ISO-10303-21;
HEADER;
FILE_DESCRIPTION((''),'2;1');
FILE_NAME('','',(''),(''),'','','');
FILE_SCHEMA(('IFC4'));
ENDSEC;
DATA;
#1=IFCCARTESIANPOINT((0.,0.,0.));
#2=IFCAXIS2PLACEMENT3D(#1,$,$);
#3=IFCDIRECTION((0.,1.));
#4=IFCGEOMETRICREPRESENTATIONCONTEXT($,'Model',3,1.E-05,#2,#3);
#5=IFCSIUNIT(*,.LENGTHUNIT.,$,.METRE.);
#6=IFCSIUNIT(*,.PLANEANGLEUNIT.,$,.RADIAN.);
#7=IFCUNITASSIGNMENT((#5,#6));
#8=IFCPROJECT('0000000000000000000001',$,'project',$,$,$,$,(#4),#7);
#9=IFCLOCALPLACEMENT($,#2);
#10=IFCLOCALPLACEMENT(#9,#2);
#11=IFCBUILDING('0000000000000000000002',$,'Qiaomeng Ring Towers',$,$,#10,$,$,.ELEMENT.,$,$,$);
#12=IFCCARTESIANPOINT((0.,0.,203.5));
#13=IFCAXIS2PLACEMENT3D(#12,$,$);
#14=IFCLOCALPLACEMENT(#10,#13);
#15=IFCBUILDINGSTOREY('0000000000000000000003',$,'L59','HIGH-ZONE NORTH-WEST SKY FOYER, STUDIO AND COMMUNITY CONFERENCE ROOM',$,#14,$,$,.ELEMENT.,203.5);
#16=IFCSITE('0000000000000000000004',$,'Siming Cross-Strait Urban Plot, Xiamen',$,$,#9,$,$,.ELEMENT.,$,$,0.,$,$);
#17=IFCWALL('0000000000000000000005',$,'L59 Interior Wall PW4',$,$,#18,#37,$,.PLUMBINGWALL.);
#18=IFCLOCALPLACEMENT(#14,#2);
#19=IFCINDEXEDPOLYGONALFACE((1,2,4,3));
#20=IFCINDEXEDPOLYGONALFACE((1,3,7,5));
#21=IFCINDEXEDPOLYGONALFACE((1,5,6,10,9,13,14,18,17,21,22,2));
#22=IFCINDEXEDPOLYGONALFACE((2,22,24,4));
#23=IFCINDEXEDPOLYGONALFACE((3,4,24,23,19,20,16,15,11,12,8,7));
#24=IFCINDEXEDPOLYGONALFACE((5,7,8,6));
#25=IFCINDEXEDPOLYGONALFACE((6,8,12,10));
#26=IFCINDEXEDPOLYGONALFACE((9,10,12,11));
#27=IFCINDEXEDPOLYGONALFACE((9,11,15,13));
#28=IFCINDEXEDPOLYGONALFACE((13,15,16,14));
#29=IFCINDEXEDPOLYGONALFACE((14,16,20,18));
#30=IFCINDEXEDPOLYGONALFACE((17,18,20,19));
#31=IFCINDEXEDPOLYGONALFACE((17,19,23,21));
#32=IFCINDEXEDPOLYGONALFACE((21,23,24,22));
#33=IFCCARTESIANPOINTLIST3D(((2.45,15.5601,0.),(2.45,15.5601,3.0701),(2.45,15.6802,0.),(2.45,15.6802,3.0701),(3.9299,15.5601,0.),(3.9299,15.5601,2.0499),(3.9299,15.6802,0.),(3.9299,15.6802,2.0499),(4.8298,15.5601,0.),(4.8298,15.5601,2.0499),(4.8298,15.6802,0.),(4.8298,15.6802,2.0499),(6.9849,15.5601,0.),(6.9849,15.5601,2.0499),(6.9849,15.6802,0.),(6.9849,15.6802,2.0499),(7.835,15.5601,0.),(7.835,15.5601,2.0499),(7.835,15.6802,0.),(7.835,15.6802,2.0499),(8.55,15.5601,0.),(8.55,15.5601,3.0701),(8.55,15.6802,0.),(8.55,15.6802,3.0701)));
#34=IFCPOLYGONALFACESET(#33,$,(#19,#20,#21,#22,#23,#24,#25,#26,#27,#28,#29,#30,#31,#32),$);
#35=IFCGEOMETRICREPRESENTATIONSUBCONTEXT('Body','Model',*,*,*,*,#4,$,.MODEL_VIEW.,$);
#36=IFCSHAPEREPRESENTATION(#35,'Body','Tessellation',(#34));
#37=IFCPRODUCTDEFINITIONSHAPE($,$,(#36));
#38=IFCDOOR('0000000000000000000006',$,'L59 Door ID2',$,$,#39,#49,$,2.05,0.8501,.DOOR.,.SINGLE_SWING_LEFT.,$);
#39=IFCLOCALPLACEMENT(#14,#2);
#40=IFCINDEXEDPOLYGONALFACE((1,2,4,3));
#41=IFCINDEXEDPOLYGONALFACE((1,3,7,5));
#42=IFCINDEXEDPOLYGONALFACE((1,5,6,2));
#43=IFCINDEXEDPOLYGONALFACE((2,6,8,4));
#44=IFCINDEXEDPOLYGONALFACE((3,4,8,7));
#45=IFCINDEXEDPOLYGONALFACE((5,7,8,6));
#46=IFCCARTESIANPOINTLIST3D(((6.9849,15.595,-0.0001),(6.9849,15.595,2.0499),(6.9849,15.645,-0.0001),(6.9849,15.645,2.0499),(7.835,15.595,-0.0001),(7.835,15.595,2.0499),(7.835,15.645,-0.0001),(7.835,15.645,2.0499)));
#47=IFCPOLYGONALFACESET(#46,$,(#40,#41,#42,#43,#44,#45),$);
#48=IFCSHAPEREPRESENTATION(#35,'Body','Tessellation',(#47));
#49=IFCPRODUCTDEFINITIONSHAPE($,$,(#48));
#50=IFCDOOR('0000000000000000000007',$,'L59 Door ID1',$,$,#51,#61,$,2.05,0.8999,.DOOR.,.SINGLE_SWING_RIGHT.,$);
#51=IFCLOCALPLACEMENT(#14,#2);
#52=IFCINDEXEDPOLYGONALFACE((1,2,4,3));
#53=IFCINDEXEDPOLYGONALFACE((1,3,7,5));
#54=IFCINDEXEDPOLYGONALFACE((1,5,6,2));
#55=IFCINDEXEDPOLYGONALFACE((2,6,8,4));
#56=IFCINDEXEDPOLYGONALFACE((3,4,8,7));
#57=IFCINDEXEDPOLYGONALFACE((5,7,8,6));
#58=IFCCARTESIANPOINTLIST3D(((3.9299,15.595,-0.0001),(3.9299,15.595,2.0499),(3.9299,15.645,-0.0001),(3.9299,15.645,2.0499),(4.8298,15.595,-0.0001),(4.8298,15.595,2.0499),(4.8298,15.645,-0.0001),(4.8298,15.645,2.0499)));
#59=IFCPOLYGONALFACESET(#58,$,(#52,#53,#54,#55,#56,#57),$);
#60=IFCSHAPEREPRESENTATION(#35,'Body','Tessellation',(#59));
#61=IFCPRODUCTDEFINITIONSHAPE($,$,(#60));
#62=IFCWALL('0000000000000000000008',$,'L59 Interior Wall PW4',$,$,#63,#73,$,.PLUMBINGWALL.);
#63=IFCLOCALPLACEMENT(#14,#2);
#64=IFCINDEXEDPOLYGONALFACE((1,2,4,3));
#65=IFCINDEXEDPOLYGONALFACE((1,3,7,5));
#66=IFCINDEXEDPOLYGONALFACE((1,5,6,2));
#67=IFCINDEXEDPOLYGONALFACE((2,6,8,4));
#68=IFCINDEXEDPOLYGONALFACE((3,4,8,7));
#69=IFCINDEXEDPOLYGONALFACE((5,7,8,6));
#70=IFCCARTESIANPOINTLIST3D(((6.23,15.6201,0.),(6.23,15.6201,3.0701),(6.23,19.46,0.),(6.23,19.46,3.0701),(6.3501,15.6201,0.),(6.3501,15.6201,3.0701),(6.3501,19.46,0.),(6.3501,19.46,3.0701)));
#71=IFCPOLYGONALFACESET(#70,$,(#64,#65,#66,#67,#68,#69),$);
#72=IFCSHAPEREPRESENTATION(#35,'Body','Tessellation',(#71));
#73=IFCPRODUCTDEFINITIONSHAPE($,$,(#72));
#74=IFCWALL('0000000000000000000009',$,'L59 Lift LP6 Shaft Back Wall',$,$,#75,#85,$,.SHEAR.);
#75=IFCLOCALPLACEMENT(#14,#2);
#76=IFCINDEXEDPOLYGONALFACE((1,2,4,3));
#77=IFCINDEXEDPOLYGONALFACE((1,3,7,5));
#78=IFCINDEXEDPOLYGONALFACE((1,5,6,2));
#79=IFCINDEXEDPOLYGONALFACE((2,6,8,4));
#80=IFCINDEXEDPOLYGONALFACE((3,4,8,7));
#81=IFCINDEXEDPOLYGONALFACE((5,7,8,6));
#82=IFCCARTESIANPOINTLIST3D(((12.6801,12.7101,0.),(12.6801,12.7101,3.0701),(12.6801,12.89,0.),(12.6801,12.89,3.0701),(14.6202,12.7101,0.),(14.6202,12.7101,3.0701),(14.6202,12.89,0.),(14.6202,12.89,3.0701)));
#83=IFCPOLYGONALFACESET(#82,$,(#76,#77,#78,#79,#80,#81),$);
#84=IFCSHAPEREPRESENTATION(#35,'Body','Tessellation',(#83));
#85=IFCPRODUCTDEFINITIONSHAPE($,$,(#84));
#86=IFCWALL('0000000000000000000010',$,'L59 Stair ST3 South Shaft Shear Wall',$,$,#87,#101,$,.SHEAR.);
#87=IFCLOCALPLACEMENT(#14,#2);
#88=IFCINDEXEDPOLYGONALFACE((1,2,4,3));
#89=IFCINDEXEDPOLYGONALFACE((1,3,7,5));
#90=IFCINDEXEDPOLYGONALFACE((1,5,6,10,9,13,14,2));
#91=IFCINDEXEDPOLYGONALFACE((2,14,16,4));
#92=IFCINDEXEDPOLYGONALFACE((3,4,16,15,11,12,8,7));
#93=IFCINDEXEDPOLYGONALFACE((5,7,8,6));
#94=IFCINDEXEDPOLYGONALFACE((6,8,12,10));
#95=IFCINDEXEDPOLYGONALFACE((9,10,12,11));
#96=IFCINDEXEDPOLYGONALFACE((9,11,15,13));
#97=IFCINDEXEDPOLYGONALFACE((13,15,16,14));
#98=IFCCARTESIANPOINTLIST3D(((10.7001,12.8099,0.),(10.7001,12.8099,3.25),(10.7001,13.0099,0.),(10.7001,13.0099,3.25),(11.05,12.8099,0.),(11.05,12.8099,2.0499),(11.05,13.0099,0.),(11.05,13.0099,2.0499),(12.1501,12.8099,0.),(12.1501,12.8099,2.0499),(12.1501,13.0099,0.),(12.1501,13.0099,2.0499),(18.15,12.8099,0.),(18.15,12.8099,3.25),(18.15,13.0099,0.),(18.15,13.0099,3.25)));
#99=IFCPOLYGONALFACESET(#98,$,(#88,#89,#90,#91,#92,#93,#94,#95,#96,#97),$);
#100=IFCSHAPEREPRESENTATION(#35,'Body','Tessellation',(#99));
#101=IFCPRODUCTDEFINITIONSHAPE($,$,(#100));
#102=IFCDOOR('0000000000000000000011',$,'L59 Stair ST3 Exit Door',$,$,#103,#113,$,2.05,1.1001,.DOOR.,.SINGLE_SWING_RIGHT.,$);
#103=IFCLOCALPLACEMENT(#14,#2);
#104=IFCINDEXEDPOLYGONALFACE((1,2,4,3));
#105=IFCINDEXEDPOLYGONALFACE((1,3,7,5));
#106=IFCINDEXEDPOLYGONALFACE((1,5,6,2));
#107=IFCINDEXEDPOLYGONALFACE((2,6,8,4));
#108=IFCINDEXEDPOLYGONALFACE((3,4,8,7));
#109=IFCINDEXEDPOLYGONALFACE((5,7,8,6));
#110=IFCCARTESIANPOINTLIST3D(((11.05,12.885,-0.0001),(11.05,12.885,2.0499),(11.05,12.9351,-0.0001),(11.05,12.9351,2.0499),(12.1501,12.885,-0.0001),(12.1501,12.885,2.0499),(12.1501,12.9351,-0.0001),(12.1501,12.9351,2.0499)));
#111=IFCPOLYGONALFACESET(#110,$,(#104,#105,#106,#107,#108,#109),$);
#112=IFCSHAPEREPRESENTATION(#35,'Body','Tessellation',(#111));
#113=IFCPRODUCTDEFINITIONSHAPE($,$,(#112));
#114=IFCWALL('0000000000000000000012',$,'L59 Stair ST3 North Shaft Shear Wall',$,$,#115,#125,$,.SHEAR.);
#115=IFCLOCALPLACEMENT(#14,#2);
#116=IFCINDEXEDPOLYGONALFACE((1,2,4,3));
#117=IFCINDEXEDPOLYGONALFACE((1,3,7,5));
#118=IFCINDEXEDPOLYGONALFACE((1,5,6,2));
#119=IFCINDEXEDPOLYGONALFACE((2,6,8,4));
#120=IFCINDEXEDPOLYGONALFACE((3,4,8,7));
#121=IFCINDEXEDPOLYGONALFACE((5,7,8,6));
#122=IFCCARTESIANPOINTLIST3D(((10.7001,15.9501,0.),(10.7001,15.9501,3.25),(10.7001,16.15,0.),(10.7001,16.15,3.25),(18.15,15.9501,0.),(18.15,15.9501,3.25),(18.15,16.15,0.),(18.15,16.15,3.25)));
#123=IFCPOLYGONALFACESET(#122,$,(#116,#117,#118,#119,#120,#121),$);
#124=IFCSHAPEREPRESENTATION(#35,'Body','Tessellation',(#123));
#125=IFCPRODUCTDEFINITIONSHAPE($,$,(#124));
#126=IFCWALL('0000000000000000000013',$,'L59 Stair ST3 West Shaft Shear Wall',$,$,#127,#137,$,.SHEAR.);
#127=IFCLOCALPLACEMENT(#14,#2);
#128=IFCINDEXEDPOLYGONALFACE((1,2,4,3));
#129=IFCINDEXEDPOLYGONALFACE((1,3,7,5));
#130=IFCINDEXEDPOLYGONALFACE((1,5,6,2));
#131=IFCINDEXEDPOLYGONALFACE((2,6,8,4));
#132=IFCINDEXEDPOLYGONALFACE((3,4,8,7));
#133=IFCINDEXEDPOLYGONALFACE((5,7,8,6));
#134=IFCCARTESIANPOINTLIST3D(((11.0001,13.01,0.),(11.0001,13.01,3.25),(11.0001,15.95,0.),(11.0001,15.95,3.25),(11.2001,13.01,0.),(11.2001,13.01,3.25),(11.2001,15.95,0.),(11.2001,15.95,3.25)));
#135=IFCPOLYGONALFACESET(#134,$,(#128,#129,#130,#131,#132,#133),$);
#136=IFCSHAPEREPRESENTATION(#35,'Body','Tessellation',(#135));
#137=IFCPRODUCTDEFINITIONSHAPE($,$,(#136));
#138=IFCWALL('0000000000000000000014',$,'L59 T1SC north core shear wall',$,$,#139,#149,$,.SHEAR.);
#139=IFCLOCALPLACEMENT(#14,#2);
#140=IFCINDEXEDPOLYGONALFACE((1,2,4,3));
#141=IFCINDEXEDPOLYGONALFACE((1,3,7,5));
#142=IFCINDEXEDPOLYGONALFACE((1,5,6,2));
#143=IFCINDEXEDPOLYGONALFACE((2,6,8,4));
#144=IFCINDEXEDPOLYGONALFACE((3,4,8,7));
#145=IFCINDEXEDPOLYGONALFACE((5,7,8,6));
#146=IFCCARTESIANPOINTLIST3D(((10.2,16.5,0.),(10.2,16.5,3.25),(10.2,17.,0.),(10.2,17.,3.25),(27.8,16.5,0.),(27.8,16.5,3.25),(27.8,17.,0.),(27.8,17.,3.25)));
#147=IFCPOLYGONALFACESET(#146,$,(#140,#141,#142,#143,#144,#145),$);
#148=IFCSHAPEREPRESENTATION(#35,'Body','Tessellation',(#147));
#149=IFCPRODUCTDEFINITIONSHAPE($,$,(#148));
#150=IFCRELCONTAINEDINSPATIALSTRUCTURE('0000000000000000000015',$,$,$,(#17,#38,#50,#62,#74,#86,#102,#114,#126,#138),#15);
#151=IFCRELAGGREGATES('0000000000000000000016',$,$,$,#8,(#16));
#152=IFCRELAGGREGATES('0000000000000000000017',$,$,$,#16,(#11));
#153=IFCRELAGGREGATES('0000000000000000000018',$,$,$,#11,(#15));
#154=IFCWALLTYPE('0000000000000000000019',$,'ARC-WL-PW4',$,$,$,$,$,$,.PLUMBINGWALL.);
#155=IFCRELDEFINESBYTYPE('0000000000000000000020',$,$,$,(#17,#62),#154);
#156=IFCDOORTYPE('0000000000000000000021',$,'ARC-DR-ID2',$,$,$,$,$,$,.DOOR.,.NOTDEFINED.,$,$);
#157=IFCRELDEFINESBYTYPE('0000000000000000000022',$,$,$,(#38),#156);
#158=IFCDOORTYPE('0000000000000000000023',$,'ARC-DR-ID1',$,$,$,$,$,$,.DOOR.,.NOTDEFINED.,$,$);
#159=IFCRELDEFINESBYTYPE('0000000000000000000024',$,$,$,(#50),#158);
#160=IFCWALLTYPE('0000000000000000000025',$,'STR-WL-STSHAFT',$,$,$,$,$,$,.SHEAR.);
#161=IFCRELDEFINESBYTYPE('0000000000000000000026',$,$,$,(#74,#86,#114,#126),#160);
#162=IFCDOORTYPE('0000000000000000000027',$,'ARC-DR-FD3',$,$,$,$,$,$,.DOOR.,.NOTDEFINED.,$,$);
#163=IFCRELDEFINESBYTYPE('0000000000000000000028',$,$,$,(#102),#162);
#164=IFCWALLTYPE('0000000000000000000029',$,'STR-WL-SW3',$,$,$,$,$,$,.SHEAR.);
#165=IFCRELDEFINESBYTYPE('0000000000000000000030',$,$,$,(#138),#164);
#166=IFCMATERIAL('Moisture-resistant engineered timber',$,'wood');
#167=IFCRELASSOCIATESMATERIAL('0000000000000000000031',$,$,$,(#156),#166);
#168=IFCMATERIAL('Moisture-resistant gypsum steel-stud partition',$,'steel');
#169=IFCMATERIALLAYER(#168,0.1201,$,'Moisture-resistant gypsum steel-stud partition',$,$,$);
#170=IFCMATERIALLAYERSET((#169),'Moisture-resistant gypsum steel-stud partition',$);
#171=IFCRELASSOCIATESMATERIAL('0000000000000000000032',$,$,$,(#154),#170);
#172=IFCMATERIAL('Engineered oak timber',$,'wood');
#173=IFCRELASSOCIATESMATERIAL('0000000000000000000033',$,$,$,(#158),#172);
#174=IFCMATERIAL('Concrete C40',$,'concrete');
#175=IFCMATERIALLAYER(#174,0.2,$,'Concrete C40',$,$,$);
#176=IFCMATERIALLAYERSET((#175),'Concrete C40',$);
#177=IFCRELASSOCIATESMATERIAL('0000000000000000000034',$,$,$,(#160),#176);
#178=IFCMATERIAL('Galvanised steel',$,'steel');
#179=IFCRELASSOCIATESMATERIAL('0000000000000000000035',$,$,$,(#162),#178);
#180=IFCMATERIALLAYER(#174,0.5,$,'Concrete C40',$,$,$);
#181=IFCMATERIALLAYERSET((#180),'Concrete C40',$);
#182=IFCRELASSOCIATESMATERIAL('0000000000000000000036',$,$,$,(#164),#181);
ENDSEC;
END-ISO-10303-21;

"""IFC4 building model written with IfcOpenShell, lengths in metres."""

from ifc_helpers import new_model, si_unit, direction, frame, frame_2d, origin, place, context, subcontext, project, spatial, rectangle, extrude, source, transform, mapped, material, layer, layer_set, type_object, element, fill, save


model = new_model("IFC4")

# Units and contexts
model_context = context("Model", 3, precision=1e-05, world=origin(), true_north=direction((0.0, 1.0)))
body_context = subcontext(model_context, "Body", "Model", "MODEL_VIEW")
ifc_project = project(units=[si_unit("LENGTHUNIT", "METRE"), si_unit("PLANEANGLEUNIT", "RADIAN")], contexts=[model_context])

# Site, building, storey
site_placement = place(None, origin())
site = spatial("IfcSite", under=ifc_project, at=site_placement, Name="Siming Cross-Strait Urban Plot, Xiamen", CompositionType="ELEMENT", RefElevation=0.0)
building_placement = place(site_placement, origin())
building = spatial("IfcBuilding", under=site, at=building_placement, Name="Qiaomeng Ring Towers", CompositionType="ELEMENT")
storey_placement = place(building_placement, frame((0.0, 0.0, 203.5)))
storey = spatial("IfcBuildingStorey", under=building, at=storey_placement, Name="L59", Description="HIGH-ZONE NORTH-WEST SKY FOYER, STUDIO AND COMMUNITY CONFERENCE ROOM", CompositionType="ELEMENT", Elevation=203.5)

# Shared definitions
ifc_material_1 = material(Name="Concrete C40", Category="concrete")

# Shared definitions
ifc_material_2 = material(Name="Moisture-resistant engineered timber", Category="wood")
door_type_1 = type_object("IfcDoorType", Name="ARC-DR-ID2", OperationType="NOTDEFINED", PredefinedType="DOOR", material=ifc_material_2)
shared_shape_1 = source(origin(), body_context, "Body", "SweptSolid", [
    extrude(rectangle(XDim=0.8501, YDim=2.05, at=frame_2d((0.425, 1.0249))), frame((0.0, 0.0249, 0.0), z_axis=(0.0, -1.0, 0.0), x_axis=(1.0, 0.0, 0.0)), (0.0, 0.0, 1.0), 0.05),
])

# Wall, openings, doors
ifc_material_3 = material(Name="Moisture-resistant gypsum steel-stud partition", Category="steel")
ifc_layer_1 = layer(ifc_material_3, 0.1201, Name="Moisture-resistant gypsum steel-stud partition")
ifc_layer_set_1 = layer_set([ifc_layer_1], Name="Moisture-resistant gypsum steel-stud partition")
wall_type_1 = type_object("IfcWallType", Name="ARC-WL-PW4", PredefinedType="PLUMBINGWALL", material=ifc_layer_set_1)
wall_1_placement = place(storey_placement, frame((2.45, 15.6201, 0.0), z_axis=(0.0, 0.0, 1.0), x_axis=(1.0, 0.0, 0.0)))
wall_1 = element("IfcWall", 1, at=wall_1_placement, inside=storey, type_object=wall_type_1, Name="L59 Interior Wall PW4", PredefinedType="PLUMBINGWALL", context=body_context, shape_type="SweptSolid", body=[
    extrude(rectangle(XDim=6.1001, YDim=0.1201, at=frame_2d((3.05, 0.0))), origin(), (0.0, 0.0, 1.0), 3.0701),
])
opening_1_placement = place(wall_1_placement, frame((1.48, 0.0, 0.0)))
opening_1 = element("IfcOpeningElement", 2, at=opening_1_placement, cuts=wall_1, PredefinedType="OPENING", context=body_context, shape_type="SweptSolid", body=[
    extrude(rectangle(XDim=0.8999, YDim=2.05, at=frame_2d((0.45, 1.0249))), frame((0.0, 0.0701, 0.0), z_axis=(0.0, -1.0, 0.0), x_axis=(1.0, 0.0, 0.0)), (0.0, 0.0, 1.0), 0.1401),
])
opening_2_placement = place(wall_1_placement, frame((4.5349, 0.0, 0.0)))
opening_2 = element("IfcOpeningElement", 3, at=opening_2_placement, cuts=wall_1, PredefinedType="OPENING", context=body_context, shape_type="SweptSolid", body=[
    extrude(rectangle(XDim=0.8501, YDim=2.05, at=frame_2d((0.425, 1.0249))), frame((0.0, 0.0701, 0.0), z_axis=(0.0, -1.0, 0.0), x_axis=(1.0, 0.0, 0.0)), (0.0, 0.0, 1.0), 0.1401),
])
door_1_placement = place(opening_2_placement, origin())
door_1 = element("IfcDoor", 4, at=door_1_placement, inside=storey, type_object=door_type_1, Name="L59 Door ID2", OperationType="SINGLE_SWING_LEFT", OverallHeight=2.05, OverallWidth=0.8501, PredefinedType="DOOR", context=body_context, shape_type="MappedRepresentation", body=[
    mapped(shared_shape_1, transform((0.0, 0.0, 0.0), x_axis=(1.0, 0.0, 0.0), y_axis=(0.0, 1.0, 0.0), z_axis=(0.0, 0.0, 1.0), scale=1.0)),
])
fill(opening_2, door_1)
ifc_material_4 = material(Name="Engineered oak timber", Category="wood")
door_type_2 = type_object("IfcDoorType", Name="ARC-DR-ID1", OperationType="NOTDEFINED", PredefinedType="DOOR", material=ifc_material_4)
shared_shape_2 = source(origin(), body_context, "Body", "SweptSolid", [
    extrude(rectangle(XDim=0.8999, YDim=2.05, at=frame_2d((0.45, 1.0249))), frame((0.0, 0.0249, 0.0), z_axis=(0.0, -1.0, 0.0), x_axis=(1.0, 0.0, 0.0)), (0.0, 0.0, 1.0), 0.05),
])
door_2_placement = place(opening_1_placement, origin())
door_2 = element("IfcDoor", 5, at=door_2_placement, inside=storey, type_object=door_type_2, Name="L59 Door ID1", OperationType="SINGLE_SWING_RIGHT", OverallHeight=2.05, OverallWidth=0.8999, PredefinedType="DOOR", context=body_context, shape_type="MappedRepresentation", body=[
    mapped(shared_shape_2, transform((0.0, 0.0, 0.0), x_axis=(1.0, 0.0, 0.0), y_axis=(0.0, 1.0, 0.0), z_axis=(0.0, 0.0, 1.0), scale=1.0)),
])
fill(opening_1, door_2)

# Walls
wall_2_placement = place(storey_placement, frame((6.29, 15.6201, 0.0), z_axis=(0.0, 0.0, 1.0), x_axis=(0.0, 1.0, 0.0)))
element("IfcWall", 6, at=wall_2_placement, inside=storey, type_object=wall_type_1, Name="L59 Interior Wall PW4", PredefinedType="PLUMBINGWALL", context=body_context, shape_type="SweptSolid", body=[
    extrude(rectangle(XDim=3.8398, YDim=0.1201, at=frame_2d((1.9199, 0.0))), origin(), (0.0, 0.0, 1.0), 3.0701),
])
ifc_layer_2 = layer(ifc_material_1, 0.2, Name="Concrete C40")
ifc_layer_set_2 = layer_set([ifc_layer_2], Name="Concrete C40")
wall_type_2 = type_object("IfcWallType", Name="STR-WL-STSHAFT", PredefinedType="SHEAR", material=ifc_layer_set_2)
wall_3_placement = place(storey_placement, frame((12.6799, 12.8, 0.0), z_axis=(0.0, 0.0, 1.0), x_axis=(1.0, 0.0, 0.0)))
element("IfcWall", 7, at=wall_3_placement, inside=storey, type_object=wall_type_2, Name="L59 Lift LP6 Shaft Back Wall", PredefinedType="SHEAR", context=body_context, shape_type="SweptSolid", body=[
    extrude(rectangle(XDim=1.9402, YDim=0.1799, at=frame_2d((0.9702, 0.0))), origin(), (0.0, 0.0, 1.0), 3.0701),
])

# Wall, opening, door
wall_4_placement = place(storey_placement, frame((10.7, 12.9099, 0.0), z_axis=(0.0, 0.0, 1.0), x_axis=(1.0, 0.0, 0.0)))
wall_4 = element("IfcWall", 8, at=wall_4_placement, inside=storey, type_object=wall_type_2, Name="L59 Stair ST3 South Shaft Shear Wall", PredefinedType="SHEAR", context=body_context, shape_type="SweptSolid", body=[
    extrude(rectangle(XDim=7.45, YDim=0.2, at=frame_2d((3.7251, 0.0))), origin(), (0.0, 0.0, 1.0), 3.25),
])
opening_3_placement = place(wall_4_placement, frame((0.3501, 0.0, 0.0)))
opening_3 = element("IfcOpeningElement", 9, at=opening_3_placement, cuts=wall_4, PredefinedType="OPENING", context=body_context, shape_type="SweptSolid", body=[
    extrude(rectangle(XDim=1.1001, YDim=2.05, at=frame_2d((0.55, 1.0249))), frame((0.0, 0.1099, 0.0), z_axis=(0.0, -1.0, 0.0), x_axis=(1.0, 0.0, 0.0)), (0.0, 0.0, 1.0), 0.22),
])
ifc_material_5 = material(Name="Galvanised steel", Category="steel")
door_type_3 = type_object("IfcDoorType", Name="ARC-DR-FD3", OperationType="NOTDEFINED", PredefinedType="DOOR", material=ifc_material_5)
shared_shape_3 = source(origin(), body_context, "Body", "SweptSolid", [
    extrude(rectangle(XDim=1.1001, YDim=2.05, at=frame_2d((0.55, 1.0249))), frame((0.0, 0.0249, 0.0), z_axis=(0.0, -1.0, 0.0), x_axis=(1.0, 0.0, 0.0)), (0.0, 0.0, 1.0), 0.05),
])
door_3_placement = place(opening_3_placement, frame((1.1001, 0.0, 0.0), z_axis=(0.0, 0.0, 1.0), x_axis=(-1.0, 0.0, 0.0)))
door_3 = element("IfcDoor", 10, at=door_3_placement, inside=storey, type_object=door_type_3, Name="L59 Stair ST3 Exit Door", OperationType="SINGLE_SWING_RIGHT", OverallHeight=2.05, OverallWidth=1.1001, PredefinedType="DOOR", context=body_context, shape_type="MappedRepresentation", body=[
    mapped(shared_shape_3, transform((0.0, 0.0, 0.0), x_axis=(1.0, 0.0, 0.0), y_axis=(0.0, 1.0, 0.0), z_axis=(0.0, 0.0, 1.0), scale=1.0)),
])
fill(opening_3, door_3)

# Walls
wall_5_placement = place(storey_placement, frame((10.7, 16.05, 0.0), z_axis=(0.0, 0.0, 1.0), x_axis=(1.0, 0.0, 0.0)))
element("IfcWall", 11, at=wall_5_placement, inside=storey, type_object=wall_type_2, Name="L59 Stair ST3 North Shaft Shear Wall", PredefinedType="SHEAR", context=body_context, shape_type="SweptSolid", body=[
    extrude(rectangle(XDim=7.45, YDim=0.2, at=frame_2d((3.7251, 0.0))), origin(), (0.0, 0.0, 1.0), 3.25),
])
wall_6_placement = place(storey_placement, frame((11.1001, 13.01, 0.0), z_axis=(0.0, 0.0, 1.0), x_axis=(0.0, 1.0, 0.0)))
element("IfcWall", 12, at=wall_6_placement, inside=storey, type_object=wall_type_2, Name="L59 Stair ST3 West Shaft Shear Wall", PredefinedType="SHEAR", context=body_context, shape_type="SweptSolid", body=[
    extrude(rectangle(XDim=2.9399, YDim=0.2, at=frame_2d((1.47, 0.0))), origin(), (0.0, 0.0, 1.0), 3.25),
])
ifc_layer_3 = layer(ifc_material_1, 0.5, Name="Concrete C40")
ifc_layer_set_3 = layer_set([ifc_layer_3], Name="Concrete C40")
wall_type_3 = type_object("IfcWallType", Name="STR-WL-SW3", PredefinedType="SHEAR", material=ifc_layer_set_3)
wall_7_placement = place(storey_placement, frame((10.2, 16.75, 0.0), z_axis=(0.0, 0.0, 1.0), x_axis=(1.0, 0.0, 0.0)))
element("IfcWall", 13, at=wall_7_placement, inside=storey, type_object=wall_type_3, Name="L59 T1SC north core shear wall", PredefinedType="SHEAR", context=body_context, shape_type="SweptSolid", body=[
    extrude(rectangle(XDim=17.6001, YDim=0.5, at=frame_2d((8.8, 0.0))), origin(), (0.0, 0.0, 1.0), 3.25),
])

save(model, "model.ifc")
